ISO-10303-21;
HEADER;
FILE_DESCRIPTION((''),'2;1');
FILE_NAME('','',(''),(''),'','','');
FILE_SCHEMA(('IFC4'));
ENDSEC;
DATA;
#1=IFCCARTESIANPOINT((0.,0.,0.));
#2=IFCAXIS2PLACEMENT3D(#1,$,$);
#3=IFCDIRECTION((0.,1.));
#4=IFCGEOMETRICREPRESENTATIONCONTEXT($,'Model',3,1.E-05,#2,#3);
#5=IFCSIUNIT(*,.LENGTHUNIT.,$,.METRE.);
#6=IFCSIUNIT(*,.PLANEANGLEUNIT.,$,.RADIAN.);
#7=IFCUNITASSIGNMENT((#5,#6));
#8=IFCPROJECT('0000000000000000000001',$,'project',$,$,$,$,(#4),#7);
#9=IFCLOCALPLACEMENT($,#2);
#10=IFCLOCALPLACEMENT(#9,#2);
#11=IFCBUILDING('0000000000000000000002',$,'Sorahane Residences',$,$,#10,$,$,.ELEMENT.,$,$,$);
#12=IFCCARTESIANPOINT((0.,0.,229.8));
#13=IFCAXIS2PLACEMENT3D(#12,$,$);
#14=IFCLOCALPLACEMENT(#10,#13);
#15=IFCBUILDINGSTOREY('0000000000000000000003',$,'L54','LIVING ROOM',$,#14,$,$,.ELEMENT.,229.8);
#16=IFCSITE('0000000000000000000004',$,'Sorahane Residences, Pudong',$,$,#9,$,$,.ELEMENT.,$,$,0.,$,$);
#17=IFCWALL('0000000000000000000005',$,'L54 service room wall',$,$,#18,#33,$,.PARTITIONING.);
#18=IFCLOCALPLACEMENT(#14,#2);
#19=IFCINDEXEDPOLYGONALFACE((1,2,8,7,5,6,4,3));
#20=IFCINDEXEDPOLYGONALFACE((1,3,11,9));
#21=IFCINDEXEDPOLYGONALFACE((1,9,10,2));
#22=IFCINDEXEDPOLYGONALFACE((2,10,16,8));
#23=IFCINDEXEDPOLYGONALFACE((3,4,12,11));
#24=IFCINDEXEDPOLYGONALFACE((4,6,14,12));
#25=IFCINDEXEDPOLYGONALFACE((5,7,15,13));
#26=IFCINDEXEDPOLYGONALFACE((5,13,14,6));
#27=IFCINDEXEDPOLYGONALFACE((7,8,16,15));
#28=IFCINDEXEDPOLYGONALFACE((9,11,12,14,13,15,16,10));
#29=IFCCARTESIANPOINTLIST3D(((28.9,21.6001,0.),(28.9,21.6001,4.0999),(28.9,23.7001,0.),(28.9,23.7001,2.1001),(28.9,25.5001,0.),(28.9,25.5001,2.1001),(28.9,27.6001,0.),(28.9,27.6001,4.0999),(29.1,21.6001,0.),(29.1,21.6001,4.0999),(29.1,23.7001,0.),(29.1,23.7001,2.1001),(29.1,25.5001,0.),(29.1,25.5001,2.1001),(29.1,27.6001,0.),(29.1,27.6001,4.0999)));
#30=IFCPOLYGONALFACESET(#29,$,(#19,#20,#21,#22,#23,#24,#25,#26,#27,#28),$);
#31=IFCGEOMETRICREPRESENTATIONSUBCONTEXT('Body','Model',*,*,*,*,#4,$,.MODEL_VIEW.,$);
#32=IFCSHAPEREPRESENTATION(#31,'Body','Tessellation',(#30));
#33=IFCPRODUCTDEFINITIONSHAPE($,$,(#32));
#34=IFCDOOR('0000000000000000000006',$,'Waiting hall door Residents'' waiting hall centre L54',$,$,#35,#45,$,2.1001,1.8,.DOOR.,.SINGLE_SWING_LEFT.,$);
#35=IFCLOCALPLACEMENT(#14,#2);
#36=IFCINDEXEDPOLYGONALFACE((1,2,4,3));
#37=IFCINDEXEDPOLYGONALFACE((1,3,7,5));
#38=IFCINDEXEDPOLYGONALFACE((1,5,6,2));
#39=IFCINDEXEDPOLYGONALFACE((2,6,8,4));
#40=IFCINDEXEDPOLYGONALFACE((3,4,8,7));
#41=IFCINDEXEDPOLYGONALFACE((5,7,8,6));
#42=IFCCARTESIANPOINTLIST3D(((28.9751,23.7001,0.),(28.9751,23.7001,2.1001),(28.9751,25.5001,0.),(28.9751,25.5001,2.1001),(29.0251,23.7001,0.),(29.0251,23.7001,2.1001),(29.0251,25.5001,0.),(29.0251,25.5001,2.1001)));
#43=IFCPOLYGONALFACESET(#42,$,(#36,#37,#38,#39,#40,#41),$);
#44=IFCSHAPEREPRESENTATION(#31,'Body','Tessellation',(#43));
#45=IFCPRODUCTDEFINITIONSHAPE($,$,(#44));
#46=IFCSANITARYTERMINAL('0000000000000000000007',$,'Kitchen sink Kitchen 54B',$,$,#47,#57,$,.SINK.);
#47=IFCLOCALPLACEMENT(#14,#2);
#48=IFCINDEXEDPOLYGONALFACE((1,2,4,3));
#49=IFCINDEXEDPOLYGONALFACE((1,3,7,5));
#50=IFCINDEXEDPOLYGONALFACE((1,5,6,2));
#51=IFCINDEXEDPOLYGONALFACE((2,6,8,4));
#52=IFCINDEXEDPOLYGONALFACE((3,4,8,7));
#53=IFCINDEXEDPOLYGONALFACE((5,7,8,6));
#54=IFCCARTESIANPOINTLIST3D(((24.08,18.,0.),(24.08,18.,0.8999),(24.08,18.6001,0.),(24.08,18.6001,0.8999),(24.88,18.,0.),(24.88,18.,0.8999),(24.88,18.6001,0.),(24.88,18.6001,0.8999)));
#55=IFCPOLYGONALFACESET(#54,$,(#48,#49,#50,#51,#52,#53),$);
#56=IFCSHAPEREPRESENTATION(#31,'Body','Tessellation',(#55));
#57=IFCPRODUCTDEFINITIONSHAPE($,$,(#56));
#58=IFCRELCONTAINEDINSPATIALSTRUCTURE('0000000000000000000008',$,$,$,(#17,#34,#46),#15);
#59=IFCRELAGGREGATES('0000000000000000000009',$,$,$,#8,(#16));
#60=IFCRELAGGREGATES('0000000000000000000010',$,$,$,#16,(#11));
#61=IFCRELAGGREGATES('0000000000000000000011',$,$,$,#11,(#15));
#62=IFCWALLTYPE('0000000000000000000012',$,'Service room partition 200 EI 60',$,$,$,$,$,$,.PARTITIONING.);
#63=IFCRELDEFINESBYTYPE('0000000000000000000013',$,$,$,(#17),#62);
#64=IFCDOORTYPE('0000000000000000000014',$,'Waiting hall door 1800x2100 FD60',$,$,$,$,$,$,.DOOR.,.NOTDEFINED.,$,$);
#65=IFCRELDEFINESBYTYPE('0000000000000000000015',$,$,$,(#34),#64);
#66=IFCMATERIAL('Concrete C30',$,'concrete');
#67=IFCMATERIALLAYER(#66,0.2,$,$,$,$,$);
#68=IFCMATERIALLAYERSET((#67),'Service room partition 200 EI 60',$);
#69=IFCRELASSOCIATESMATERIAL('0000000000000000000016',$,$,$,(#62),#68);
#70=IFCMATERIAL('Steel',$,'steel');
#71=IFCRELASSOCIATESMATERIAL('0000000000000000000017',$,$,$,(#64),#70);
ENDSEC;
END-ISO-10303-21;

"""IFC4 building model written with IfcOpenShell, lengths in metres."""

from ifc_helpers import new_model, si_unit, direction, frame, frame_2d, origin, origin_2d, place, context, subcontext, project, spatial, rectangle, extrude, material, layer, layer_set, type_object, element, fill, save


model = new_model("IFC4")

# Units and contexts
model_context = context("Model", 3, precision=1e-05, world=origin(), true_north=direction((0.0, 1.0)))
body_context = subcontext(model_context, "Body", "Model", "MODEL_VIEW")
ifc_project = project(units=[si_unit("LENGTHUNIT", "METRE"), si_unit("PLANEANGLEUNIT", "RADIAN")], contexts=[model_context])

# Site, building, storey
site_placement = place(None, origin())
site = spatial("IfcSite", under=ifc_project, at=site_placement, Name="Sorahane Residences, Pudong", CompositionType="ELEMENT", RefElevation=0.0)
building_placement = place(site_placement, origin())
building = spatial("IfcBuilding", under=site, at=building_placement, Name="Sorahane Residences", CompositionType="ELEMENT")
storey_placement = place(building_placement, frame((0.0, 0.0, 229.8)))
storey = spatial("IfcBuildingStorey", under=building, at=storey_placement, Name="L54", Description="LIVING ROOM", CompositionType="ELEMENT", Elevation=229.8)

# Wall, opening, door
ifc_material_1 = material(Name="Concrete C30", Category="concrete")
ifc_layer_1 = layer(ifc_material_1, 0.2)
ifc_layer_set_1 = layer_set([ifc_layer_1], Name="Service room partition 200 EI 60")
wall_type_1 = type_object("IfcWallType", Name="Service room partition 200 EI 60", PredefinedType="PARTITIONING", material=ifc_layer_set_1)
ifc_material_2 = material(Name="Steel", Category="steel")
door_type_1 = type_object("IfcDoorType", Name="Waiting hall door 1800x2100 FD60", OperationType="NOTDEFINED", PredefinedType="DOOR", material=ifc_material_2)
wall_1_placement = place(storey_placement, frame((29.0, 21.6001, 0.0), z_axis=(0.0, 0.0, 1.0), x_axis=(0.0, 1.0, 0.0)))
wall_1 = element("IfcWall", 1, at=wall_1_placement, inside=storey, type_object=wall_type_1, Name="L54 service room wall", PredefinedType="PARTITIONING", context=body_context, shape_type="SweptSolid", body=[
    extrude(rectangle(XDim=6.0, YDim=0.2, at=frame_2d((3.0, 0.0))), origin(), (0.0, 0.0, 1.0), 4.0999),
])
opening_1_placement = place(wall_1_placement, frame((2.1001, 0.0, 0.0)))
opening_1 = element("IfcOpeningElement", 2, at=opening_1_placement, cuts=wall_1, PredefinedType="OPENING", context=body_context, shape_type="SweptSolid", body=[
    extrude(rectangle(XDim=1.8, YDim=2.1001, at=frame_2d((0.8999, 1.05))), frame((0.0, 0.1099, 0.0), z_axis=(0.0, -1.0, 0.0), x_axis=(1.0, 0.0, 0.0)), (0.0, 0.0, 1.0), 0.22),
])
door_1_placement = place(opening_1_placement, origin())
door_1 = element("IfcDoor", 3, at=door_1_placement, inside=storey, type_object=door_type_1, Name="Waiting hall door Residents' waiting hall centre L54", OperationType="SINGLE_SWING_LEFT", OverallHeight=2.1001, OverallWidth=1.8, PredefinedType="DOOR", context=body_context, shape_type="SweptSolid", body=[
    extrude(rectangle(XDim=1.8, YDim=2.1001, at=frame_2d((0.8999, 1.05))), frame((0.0, 0.0249, 0.0), z_axis=(0.0, -1.0, 0.0), x_axis=(1.0, 0.0, 0.0)), (0.0, 0.0, 1.0), 0.05),
])
fill(opening_1, door_1)

# Sanitary terminal
sanitary_terminal_placement = place(storey_placement, frame((24.48, 18.3, 0.0), z_axis=(0.0, 0.0, 1.0), x_axis=(1.0, 0.0, 0.0)))
element("IfcSanitaryTerminal", 4, at=sanitary_terminal_placement, inside=storey, Name="Kitchen sink Kitchen 54B", PredefinedType="SINK", context=body_context, shape_type="SweptSolid", body=[
    extrude(rectangle(XDim=0.8, YDim=0.6001, at=origin_2d()), origin(), (0.0, 0.0, 1.0), 0.8999),
])

save(model, "model.ifc")
